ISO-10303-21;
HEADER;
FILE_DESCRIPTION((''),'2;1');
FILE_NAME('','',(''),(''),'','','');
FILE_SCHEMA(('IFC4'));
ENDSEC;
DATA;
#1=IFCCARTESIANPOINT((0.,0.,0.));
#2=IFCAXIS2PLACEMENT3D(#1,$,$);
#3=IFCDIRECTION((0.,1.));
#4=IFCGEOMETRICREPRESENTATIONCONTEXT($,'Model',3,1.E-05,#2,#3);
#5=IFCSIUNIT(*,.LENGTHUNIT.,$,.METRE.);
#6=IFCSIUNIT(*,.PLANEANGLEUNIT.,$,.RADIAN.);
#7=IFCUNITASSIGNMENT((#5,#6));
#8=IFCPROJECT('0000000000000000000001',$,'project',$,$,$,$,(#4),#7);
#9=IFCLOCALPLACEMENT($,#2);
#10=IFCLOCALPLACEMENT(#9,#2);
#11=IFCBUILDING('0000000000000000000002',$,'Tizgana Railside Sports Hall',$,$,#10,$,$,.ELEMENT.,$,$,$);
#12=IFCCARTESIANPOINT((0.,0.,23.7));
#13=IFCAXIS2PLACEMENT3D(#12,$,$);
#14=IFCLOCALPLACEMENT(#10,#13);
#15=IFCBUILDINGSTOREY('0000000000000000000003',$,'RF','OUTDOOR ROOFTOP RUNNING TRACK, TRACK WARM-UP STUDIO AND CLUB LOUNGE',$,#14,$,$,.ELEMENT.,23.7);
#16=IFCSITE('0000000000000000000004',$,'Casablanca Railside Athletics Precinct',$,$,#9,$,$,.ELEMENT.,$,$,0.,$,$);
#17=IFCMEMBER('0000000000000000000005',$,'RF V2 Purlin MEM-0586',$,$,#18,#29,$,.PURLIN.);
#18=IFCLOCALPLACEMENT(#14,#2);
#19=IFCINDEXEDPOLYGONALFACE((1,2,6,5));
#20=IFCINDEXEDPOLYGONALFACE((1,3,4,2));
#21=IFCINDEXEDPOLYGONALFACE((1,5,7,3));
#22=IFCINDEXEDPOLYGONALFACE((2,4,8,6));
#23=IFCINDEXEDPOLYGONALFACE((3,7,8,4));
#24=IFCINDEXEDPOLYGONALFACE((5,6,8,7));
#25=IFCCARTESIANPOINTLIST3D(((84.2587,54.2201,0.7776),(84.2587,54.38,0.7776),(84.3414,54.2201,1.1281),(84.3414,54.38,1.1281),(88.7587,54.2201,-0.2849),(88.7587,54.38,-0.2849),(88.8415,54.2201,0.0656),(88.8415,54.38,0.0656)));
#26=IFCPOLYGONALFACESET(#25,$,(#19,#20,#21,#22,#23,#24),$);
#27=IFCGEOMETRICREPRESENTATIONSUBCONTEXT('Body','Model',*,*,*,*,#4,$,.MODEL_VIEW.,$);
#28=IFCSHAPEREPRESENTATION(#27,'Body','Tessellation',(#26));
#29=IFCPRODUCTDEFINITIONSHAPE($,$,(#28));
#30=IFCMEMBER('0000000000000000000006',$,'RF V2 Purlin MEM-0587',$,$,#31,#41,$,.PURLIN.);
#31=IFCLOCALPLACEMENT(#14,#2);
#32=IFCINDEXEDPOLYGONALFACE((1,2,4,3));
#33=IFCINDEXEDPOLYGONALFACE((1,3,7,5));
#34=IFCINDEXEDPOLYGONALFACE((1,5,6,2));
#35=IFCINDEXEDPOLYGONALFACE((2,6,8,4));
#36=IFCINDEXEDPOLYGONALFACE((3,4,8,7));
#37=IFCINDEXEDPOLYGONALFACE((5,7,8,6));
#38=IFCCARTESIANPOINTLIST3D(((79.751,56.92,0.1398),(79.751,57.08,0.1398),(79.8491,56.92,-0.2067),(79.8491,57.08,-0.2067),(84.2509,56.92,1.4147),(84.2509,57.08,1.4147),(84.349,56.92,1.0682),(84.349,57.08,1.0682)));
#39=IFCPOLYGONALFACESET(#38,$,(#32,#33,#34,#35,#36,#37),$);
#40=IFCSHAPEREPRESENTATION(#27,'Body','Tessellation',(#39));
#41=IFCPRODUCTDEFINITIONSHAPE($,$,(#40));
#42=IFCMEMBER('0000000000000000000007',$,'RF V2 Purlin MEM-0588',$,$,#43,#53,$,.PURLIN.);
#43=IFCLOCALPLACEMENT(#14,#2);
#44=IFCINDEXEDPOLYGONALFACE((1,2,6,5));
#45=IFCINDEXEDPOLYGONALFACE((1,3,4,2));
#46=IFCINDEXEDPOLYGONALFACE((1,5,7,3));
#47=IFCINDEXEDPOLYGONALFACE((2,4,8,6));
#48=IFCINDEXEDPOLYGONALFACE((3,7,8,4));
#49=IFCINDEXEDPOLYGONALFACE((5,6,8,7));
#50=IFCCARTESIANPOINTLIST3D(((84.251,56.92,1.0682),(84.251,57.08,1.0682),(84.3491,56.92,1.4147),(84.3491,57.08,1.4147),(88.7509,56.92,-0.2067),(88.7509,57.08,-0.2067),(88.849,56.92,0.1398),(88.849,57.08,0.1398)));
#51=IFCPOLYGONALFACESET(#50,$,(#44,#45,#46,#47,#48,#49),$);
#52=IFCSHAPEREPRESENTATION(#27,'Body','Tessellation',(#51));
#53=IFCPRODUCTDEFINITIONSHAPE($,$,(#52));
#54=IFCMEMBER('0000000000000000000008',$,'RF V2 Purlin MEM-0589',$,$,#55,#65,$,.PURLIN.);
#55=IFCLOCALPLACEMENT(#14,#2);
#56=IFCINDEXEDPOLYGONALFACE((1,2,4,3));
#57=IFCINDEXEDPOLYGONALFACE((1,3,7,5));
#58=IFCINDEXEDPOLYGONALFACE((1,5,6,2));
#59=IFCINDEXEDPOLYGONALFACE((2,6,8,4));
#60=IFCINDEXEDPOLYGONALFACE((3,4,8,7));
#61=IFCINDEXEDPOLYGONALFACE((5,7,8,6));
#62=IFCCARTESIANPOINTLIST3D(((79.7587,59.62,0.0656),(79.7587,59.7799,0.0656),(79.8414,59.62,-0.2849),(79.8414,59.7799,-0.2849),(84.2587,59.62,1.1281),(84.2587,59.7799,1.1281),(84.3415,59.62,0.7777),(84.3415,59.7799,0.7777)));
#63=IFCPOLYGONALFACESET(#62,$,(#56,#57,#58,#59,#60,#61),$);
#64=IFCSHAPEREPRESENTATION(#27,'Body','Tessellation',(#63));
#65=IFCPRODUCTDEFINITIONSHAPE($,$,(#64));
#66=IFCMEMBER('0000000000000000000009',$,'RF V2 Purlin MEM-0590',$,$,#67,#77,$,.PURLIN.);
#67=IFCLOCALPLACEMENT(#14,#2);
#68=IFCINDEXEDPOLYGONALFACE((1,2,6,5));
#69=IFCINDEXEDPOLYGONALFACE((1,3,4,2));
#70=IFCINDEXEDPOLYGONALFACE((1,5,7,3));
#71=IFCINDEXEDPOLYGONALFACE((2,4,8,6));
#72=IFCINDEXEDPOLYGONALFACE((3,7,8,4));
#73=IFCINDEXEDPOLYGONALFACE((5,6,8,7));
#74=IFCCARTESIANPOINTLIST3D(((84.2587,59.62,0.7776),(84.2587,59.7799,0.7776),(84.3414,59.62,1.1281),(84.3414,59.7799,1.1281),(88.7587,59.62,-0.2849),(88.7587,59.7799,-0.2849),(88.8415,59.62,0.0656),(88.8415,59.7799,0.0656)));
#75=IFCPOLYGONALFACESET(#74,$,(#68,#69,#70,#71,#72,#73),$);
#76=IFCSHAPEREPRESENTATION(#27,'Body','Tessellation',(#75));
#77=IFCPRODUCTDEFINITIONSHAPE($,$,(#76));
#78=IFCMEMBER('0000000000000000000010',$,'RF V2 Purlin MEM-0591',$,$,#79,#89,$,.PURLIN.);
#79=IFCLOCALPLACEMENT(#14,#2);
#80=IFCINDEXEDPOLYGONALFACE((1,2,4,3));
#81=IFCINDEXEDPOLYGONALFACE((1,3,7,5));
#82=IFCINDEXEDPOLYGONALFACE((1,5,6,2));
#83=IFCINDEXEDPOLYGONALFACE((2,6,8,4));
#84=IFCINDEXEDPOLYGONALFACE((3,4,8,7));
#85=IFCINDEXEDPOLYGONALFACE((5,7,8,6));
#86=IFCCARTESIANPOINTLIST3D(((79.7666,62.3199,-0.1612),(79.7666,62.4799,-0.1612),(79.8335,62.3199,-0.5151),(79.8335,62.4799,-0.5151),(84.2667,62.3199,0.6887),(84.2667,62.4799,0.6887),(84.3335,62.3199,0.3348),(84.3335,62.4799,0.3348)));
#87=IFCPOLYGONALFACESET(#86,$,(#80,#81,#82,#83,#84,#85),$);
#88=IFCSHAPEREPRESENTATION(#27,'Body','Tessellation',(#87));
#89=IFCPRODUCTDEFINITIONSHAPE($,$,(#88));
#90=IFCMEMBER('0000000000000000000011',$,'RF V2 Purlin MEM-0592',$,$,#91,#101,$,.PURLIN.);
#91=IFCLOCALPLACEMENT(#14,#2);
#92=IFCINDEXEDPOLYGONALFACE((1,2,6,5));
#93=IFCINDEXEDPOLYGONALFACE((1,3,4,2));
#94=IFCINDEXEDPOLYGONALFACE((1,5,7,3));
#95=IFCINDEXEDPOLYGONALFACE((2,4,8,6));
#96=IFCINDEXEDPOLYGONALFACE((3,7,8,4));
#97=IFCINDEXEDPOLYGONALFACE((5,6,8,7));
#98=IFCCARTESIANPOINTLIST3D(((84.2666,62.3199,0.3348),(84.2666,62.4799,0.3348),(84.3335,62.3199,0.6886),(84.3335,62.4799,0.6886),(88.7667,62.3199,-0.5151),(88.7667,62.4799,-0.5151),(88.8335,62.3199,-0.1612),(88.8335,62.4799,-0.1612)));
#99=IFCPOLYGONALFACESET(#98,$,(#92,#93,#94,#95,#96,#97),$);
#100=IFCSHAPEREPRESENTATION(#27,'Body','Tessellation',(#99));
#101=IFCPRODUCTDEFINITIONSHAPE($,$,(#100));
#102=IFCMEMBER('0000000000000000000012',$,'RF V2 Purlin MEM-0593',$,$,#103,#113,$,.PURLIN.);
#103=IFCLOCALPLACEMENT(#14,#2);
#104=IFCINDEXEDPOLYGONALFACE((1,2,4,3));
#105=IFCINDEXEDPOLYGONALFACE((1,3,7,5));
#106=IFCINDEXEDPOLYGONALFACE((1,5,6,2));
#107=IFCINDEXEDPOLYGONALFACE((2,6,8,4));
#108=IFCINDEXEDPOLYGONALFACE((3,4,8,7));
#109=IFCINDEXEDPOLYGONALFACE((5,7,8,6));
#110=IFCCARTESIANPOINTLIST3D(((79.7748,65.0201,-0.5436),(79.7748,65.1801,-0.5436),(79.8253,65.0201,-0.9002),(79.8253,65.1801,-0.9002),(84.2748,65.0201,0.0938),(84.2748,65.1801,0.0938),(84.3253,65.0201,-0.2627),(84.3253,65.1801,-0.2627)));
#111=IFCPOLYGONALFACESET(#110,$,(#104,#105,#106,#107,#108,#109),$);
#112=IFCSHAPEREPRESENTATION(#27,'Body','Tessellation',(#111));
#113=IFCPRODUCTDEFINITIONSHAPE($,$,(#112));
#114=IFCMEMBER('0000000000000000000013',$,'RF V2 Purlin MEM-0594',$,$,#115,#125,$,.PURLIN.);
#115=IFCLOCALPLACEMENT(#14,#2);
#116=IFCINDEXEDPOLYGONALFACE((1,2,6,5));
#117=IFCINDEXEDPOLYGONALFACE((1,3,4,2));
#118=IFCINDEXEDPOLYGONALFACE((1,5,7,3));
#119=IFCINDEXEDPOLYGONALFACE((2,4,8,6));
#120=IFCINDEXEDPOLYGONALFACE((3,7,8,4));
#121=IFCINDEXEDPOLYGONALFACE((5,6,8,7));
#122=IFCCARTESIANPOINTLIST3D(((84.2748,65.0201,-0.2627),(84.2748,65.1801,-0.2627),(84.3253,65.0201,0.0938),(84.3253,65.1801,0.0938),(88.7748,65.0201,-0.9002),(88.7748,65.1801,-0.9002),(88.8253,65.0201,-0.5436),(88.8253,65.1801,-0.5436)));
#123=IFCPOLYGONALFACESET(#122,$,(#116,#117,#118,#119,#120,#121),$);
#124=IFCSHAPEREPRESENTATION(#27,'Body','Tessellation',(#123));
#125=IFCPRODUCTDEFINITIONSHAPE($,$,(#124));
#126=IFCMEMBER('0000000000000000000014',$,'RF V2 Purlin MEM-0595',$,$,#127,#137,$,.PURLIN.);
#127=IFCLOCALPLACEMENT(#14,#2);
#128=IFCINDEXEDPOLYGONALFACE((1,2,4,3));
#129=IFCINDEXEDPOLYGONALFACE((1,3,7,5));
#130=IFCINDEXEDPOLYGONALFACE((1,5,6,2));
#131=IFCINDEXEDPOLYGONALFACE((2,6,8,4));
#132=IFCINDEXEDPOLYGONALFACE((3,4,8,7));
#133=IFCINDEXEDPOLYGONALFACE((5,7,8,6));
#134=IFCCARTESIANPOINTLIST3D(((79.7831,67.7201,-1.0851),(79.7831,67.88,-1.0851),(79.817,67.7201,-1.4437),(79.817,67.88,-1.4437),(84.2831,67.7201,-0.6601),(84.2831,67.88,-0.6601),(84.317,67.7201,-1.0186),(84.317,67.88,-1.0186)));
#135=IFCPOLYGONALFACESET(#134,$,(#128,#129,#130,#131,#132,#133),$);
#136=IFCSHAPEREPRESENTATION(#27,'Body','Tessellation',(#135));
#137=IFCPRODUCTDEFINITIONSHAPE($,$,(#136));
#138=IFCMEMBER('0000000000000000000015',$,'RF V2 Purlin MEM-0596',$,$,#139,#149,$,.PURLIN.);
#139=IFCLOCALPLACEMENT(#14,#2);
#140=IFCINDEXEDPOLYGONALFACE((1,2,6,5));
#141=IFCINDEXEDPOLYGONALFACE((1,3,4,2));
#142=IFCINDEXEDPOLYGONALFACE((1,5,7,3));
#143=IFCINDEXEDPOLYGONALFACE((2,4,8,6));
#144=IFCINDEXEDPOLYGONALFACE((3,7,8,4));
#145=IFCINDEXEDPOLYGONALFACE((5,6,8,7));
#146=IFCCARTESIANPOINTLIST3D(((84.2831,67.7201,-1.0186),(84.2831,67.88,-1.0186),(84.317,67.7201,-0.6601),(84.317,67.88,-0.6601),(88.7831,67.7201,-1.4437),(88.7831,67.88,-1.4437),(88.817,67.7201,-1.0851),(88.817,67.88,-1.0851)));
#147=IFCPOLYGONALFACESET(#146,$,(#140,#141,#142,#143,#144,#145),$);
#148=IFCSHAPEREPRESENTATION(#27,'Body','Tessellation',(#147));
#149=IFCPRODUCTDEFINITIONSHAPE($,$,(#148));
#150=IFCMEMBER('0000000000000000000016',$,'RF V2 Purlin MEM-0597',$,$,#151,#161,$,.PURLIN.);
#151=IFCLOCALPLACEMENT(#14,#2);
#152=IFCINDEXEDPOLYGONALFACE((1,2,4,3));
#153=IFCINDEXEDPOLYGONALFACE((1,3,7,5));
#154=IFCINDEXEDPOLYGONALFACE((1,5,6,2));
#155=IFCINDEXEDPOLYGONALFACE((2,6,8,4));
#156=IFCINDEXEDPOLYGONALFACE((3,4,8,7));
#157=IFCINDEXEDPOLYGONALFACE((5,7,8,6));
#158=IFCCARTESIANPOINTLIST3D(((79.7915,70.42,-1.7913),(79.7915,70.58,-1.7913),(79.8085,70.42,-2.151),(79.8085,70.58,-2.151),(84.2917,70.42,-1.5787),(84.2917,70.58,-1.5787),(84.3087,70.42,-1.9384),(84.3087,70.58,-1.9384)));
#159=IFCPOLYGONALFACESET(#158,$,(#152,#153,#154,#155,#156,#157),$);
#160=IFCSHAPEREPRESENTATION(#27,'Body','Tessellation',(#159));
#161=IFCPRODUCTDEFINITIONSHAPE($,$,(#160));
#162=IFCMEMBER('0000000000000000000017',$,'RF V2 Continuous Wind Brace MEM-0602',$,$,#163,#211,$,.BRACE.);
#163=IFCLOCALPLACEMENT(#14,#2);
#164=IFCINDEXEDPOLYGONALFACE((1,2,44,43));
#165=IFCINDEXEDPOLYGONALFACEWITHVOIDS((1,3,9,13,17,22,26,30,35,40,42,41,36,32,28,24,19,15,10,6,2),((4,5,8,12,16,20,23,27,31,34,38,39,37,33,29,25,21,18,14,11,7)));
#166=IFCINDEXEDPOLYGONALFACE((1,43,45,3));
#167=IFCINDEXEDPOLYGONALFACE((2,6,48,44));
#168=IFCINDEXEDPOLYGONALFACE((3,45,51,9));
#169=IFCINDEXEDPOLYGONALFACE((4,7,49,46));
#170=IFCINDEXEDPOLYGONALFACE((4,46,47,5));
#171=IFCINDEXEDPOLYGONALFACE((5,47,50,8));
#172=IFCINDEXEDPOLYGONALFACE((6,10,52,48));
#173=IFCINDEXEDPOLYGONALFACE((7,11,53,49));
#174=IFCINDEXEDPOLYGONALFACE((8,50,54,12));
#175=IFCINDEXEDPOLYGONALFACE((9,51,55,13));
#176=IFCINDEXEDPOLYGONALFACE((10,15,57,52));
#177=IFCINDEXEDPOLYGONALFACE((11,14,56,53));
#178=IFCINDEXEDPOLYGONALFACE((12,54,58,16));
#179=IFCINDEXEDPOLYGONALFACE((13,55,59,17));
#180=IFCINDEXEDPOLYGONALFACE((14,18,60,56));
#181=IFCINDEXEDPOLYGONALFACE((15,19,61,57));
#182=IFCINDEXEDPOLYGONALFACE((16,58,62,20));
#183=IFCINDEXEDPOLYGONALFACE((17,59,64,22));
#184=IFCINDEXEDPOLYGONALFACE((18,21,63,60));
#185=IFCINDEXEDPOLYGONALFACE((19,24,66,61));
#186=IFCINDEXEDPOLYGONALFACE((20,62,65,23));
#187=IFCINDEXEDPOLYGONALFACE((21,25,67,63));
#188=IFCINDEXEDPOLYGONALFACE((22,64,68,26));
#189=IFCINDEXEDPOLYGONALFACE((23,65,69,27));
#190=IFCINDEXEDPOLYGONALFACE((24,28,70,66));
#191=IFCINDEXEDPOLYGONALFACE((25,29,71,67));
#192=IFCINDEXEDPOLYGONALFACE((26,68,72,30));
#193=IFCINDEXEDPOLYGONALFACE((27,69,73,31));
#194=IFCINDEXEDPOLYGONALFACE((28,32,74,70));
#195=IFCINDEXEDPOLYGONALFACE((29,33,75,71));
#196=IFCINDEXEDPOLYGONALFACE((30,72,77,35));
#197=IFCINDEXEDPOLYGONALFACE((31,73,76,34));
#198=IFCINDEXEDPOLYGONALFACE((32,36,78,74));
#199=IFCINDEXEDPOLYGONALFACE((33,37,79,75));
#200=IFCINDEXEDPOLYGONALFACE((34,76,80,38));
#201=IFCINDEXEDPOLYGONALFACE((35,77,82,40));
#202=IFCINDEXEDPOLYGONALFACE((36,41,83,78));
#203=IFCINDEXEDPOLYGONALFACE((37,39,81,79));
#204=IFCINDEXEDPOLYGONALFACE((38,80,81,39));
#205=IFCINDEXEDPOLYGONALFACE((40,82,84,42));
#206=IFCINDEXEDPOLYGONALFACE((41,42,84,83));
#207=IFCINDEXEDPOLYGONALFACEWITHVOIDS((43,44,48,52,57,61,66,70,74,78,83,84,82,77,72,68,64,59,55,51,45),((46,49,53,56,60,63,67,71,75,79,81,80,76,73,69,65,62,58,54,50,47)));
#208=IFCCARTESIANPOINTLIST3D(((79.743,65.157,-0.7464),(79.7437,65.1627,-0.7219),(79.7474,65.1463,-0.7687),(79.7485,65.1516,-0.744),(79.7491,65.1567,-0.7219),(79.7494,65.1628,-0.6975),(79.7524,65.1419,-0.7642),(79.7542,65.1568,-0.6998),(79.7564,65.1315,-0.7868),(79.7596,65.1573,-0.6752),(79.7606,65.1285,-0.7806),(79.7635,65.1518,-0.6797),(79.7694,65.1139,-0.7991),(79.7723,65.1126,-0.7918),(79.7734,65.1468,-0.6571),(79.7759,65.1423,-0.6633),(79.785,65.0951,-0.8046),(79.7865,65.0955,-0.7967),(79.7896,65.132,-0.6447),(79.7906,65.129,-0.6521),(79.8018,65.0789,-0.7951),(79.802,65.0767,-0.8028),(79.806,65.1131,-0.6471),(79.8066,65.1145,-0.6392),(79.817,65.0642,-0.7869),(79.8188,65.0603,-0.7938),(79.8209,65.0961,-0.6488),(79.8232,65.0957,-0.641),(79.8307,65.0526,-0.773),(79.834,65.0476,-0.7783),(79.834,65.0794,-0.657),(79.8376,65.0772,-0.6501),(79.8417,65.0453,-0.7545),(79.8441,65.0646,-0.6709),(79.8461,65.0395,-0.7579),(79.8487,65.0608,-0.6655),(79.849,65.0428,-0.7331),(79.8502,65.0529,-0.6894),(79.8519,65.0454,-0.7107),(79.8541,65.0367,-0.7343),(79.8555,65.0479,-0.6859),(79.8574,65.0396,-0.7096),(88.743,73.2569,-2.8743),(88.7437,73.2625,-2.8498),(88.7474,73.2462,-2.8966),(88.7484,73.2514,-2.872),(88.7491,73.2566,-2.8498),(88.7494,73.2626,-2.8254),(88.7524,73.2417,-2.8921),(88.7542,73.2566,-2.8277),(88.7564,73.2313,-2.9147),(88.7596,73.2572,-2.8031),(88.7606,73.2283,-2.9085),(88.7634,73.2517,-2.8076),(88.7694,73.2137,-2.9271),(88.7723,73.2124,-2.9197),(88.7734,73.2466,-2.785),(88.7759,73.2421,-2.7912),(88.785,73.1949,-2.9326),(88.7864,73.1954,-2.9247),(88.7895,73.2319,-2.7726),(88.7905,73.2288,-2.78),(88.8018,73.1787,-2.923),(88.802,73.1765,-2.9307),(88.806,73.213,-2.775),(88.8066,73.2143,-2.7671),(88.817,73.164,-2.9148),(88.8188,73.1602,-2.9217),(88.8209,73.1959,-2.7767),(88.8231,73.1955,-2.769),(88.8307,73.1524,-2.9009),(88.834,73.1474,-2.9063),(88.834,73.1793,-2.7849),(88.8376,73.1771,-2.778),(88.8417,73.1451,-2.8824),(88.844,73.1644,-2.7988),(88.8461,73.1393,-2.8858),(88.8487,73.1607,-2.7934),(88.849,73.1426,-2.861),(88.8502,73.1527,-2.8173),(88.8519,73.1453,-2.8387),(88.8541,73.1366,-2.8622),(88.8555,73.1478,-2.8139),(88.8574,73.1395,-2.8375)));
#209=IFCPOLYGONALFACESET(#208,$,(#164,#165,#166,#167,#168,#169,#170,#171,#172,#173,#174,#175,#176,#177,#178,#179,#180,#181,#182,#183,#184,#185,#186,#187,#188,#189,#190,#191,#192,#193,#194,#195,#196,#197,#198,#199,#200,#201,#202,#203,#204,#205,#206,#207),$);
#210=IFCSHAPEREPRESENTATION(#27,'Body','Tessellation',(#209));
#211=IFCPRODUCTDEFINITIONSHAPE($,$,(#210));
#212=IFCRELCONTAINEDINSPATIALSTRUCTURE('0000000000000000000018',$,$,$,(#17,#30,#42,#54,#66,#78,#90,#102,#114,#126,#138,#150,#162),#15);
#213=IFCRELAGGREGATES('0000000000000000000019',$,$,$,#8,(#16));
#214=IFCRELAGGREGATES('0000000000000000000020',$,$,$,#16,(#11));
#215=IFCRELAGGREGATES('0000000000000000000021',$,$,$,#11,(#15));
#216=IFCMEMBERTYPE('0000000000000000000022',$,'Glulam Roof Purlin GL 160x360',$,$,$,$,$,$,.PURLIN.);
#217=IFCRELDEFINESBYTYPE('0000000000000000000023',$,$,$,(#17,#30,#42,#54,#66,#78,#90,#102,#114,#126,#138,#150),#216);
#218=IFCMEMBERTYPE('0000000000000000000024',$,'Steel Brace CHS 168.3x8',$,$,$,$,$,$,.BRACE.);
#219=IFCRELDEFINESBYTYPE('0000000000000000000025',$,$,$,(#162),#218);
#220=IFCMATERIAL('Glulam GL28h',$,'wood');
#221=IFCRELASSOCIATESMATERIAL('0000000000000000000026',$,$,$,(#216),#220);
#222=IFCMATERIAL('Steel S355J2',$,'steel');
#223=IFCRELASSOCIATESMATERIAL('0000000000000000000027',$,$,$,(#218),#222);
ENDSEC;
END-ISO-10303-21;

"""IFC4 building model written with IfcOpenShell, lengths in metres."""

from ifc_helpers import new_model, si_unit, direction, frame, origin, origin_2d, place, context, subcontext, project, spatial, rectangle, hollow_circle, extrude, material, material_profile, profile_set, type_object, element, save


model = new_model("IFC4")

# Units and contexts
model_context = context("Model", 3, precision=1e-05, world=origin(), true_north=direction((0.0, 1.0)))
body_context = subcontext(model_context, "Body", "Model", "MODEL_VIEW")
ifc_project = project(units=[si_unit("LENGTHUNIT", "METRE"), si_unit("PLANEANGLEUNIT", "RADIAN")], contexts=[model_context])

# Site, building, storey
site_placement = place(None, origin())
site = spatial("IfcSite", under=ifc_project, at=site_placement, Name="Casablanca Railside Athletics Precinct", CompositionType="ELEMENT", RefElevation=0.0)
building_placement = place(site_placement, origin())
building = spatial("IfcBuilding", under=site, at=building_placement, Name="Tizgana Railside Sports Hall", CompositionType="ELEMENT")
storey_placement = place(building_placement, frame((0.0, 0.0, 23.7)))
storey = spatial("IfcBuildingStorey", under=building, at=storey_placement, Name="RF", Description="OUTDOOR ROOFTOP RUNNING TRACK, TRACK WARM-UP STUDIO AND CLUB LOUNGE", CompositionType="ELEMENT", Elevation=23.7)

# Members
ifc_material_1 = material(Name="Glulam GL28h", Category="wood")
ifc_material_profile_1 = material_profile(ifc_material_1, rectangle(XDim=0.1599, YDim=0.3601, at=origin_2d()), Name="GL 160x360")
ifc_profile_set_1 = profile_set([ifc_material_profile_1], Name="Glulam GL28h")
member_type_1 = type_object("IfcMemberType", Name="Glulam Roof Purlin GL 160x360", PredefinedType="PURLIN", material=ifc_profile_set_1)
for number, where, z_axis, x_axis, name in (
    (1, (84.3, 54.3, 0.9529), (0.97324, 0.0, -0.229793), (0.0, 1.0, 0.0), "RF V2 Purlin MEM-0586"),
):
    element("IfcMember", number, at=place(storey_placement, frame(where, z_axis=z_axis, x_axis=x_axis)), inside=storey, type_object=member_type_1, Name=name, PredefinedType="PURLIN", context=body_context, shape_type="SweptSolid", body=[
        extrude(rectangle(XDim=0.1599, YDim=0.3601, at=origin_2d()), origin(), (0.0, 0.0, 1.0), 4.6238),
    ])
for number, where, z_axis, x_axis, name in (
    (2, (79.8, 57.0, -0.0334), (0.962132, 0.0, 0.272583), (0.0, 1.0, 0.0), "RF V2 Purlin MEM-0587"),
    (3, (84.3, 57.0, 1.2415), (0.962132, 0.0, -0.272583), (0.0, 1.0, 0.0), "RF V2 Purlin MEM-0588"),
):
    element("IfcMember", number, at=place(storey_placement, frame(where, z_axis=z_axis, x_axis=x_axis)), inside=storey, type_object=member_type_1, Name=name, PredefinedType="PURLIN", context=body_context, shape_type="SweptSolid", body=[
        extrude(rectangle(XDim=0.1599, YDim=0.3601, at=origin_2d()), origin(), (0.0, 0.0, 1.0), 4.677),
    ])
for number, where, z_axis, x_axis, name in (
    (4, (79.8, 59.7, -0.1096), (0.97324, 0.0, 0.229793), (0.0, 1.0, 0.0), "RF V2 Purlin MEM-0589"),
    (5, (84.3, 59.7, 0.9529), (0.97324, 0.0, -0.229793), (0.0, 1.0, 0.0), "RF V2 Purlin MEM-0590"),
):
    element("IfcMember", number, at=place(storey_placement, frame(where, z_axis=z_axis, x_axis=x_axis)), inside=storey, type_object=member_type_1, Name=name, PredefinedType="PURLIN", context=body_context, shape_type="SweptSolid", body=[
        extrude(rectangle(XDim=0.1599, YDim=0.3601, at=origin_2d()), origin(), (0.0, 0.0, 1.0), 4.6238),
    ])
for number, where, z_axis, x_axis, name in (
    (6, (79.8, 62.3999, -0.3381), (0.98263, 0.0, 0.185576), (0.0, 1.0, 0.0), "RF V2 Purlin MEM-0591"),
    (7, (84.3, 62.3999, 0.5117), (0.98263, 0.0, -0.185576), (0.0, 1.0, 0.0), "RF V2 Purlin MEM-0592"),
):
    element("IfcMember", number, at=place(storey_placement, frame(where, z_axis=z_axis, x_axis=x_axis)), inside=storey, type_object=member_type_1, Name=name, PredefinedType="PURLIN", context=body_context, shape_type="SweptSolid", body=[
        extrude(rectangle(XDim=0.1599, YDim=0.3601, at=origin_2d()), origin(), (0.0, 0.0, 1.0), 4.5796),
    ])
for number, where, z_axis, x_axis, name in (
    (8, (79.8, 65.1001, -0.7219), (0.990115, 0.0, 0.140256), (0.0, 1.0, 0.0), "RF V2 Purlin MEM-0593"),
    (9, (84.3, 65.1001, -0.0845), (0.990115, 0.0, -0.140256), (0.0, 1.0, 0.0), "RF V2 Purlin MEM-0594"),
):
    element("IfcMember", number, at=place(storey_placement, frame(where, z_axis=z_axis, x_axis=x_axis)), inside=storey, type_object=member_type_1, Name=name, PredefinedType="PURLIN", context=body_context, shape_type="SweptSolid", body=[
        extrude(rectangle(XDim=0.1599, YDim=0.3601, at=origin_2d()), origin(), (0.0, 0.0, 1.0), 4.5449),
    ])
for number, where, z_axis, x_axis, name in (
    (10, (79.8, 67.8, -1.2644), (0.995569, 0.0, 0.094037), (0.0, 1.0, 0.0), "RF V2 Purlin MEM-0595"),
    (11, (84.3, 67.8, -0.8394), (0.995569, 0.0, -0.094037), (0.0, 1.0, 0.0), "RF V2 Purlin MEM-0596"),
):
    element("IfcMember", number, at=place(storey_placement, frame(where, z_axis=z_axis, x_axis=x_axis)), inside=storey, type_object=member_type_1, Name=name, PredefinedType="PURLIN", context=body_context, shape_type="SweptSolid", body=[
        extrude(rectangle(XDim=0.1599, YDim=0.3601, at=origin_2d()), origin(), (0.0, 0.0, 1.0), 4.52),
    ])
member_1_placement = place(storey_placement, frame((79.8, 70.5, -1.9712), z_axis=(0.998885, 0.0, 0.047202), x_axis=(0.0, 1.0, 0.0)))
element("IfcMember", 12, at=member_1_placement, inside=storey, type_object=member_type_1, Name="RF V2 Purlin MEM-0597", PredefinedType="PURLIN", context=body_context, shape_type="SweptSolid", body=[
    extrude(rectangle(XDim=0.1599, YDim=0.3601, at=origin_2d()), origin(), (0.0, 0.0, 1.0), 4.5051),
])
ifc_material_2 = material(Name="Steel S355J2", Category="steel")
ifc_material_profile_2 = material_profile(ifc_material_2, hollow_circle(Radius=0.0842, WallThickness=0.0081, at=origin_2d()), Name="CHS 168.3x8")
ifc_profile_set_2 = profile_set([ifc_material_profile_2], Name="Steel S355J2")
member_type_2 = type_object("IfcMemberType", Name="Steel Brace CHS 168.3x8", PredefinedType="BRACE", material=ifc_profile_set_2)
member_2_placement = place(storey_placement, frame((79.8, 65.1001, -0.7219), z_axis=(0.732081, 0.658861, -0.173091), x_axis=(-0.668958, 0.7433, 0.0)))
element("IfcMember", 13, at=member_2_placement, inside=storey, type_object=member_type_2, Name="RF V2 Continuous Wind Brace MEM-0602", PredefinedType="BRACE", context=body_context, shape_type="SweptSolid", body=[
    extrude(hollow_circle(Radius=0.0842, WallThickness=0.0081, at=origin_2d()), origin(), (0.0, 0.0, 1.0), 12.2937),
])

save(model, "model.ifc")
